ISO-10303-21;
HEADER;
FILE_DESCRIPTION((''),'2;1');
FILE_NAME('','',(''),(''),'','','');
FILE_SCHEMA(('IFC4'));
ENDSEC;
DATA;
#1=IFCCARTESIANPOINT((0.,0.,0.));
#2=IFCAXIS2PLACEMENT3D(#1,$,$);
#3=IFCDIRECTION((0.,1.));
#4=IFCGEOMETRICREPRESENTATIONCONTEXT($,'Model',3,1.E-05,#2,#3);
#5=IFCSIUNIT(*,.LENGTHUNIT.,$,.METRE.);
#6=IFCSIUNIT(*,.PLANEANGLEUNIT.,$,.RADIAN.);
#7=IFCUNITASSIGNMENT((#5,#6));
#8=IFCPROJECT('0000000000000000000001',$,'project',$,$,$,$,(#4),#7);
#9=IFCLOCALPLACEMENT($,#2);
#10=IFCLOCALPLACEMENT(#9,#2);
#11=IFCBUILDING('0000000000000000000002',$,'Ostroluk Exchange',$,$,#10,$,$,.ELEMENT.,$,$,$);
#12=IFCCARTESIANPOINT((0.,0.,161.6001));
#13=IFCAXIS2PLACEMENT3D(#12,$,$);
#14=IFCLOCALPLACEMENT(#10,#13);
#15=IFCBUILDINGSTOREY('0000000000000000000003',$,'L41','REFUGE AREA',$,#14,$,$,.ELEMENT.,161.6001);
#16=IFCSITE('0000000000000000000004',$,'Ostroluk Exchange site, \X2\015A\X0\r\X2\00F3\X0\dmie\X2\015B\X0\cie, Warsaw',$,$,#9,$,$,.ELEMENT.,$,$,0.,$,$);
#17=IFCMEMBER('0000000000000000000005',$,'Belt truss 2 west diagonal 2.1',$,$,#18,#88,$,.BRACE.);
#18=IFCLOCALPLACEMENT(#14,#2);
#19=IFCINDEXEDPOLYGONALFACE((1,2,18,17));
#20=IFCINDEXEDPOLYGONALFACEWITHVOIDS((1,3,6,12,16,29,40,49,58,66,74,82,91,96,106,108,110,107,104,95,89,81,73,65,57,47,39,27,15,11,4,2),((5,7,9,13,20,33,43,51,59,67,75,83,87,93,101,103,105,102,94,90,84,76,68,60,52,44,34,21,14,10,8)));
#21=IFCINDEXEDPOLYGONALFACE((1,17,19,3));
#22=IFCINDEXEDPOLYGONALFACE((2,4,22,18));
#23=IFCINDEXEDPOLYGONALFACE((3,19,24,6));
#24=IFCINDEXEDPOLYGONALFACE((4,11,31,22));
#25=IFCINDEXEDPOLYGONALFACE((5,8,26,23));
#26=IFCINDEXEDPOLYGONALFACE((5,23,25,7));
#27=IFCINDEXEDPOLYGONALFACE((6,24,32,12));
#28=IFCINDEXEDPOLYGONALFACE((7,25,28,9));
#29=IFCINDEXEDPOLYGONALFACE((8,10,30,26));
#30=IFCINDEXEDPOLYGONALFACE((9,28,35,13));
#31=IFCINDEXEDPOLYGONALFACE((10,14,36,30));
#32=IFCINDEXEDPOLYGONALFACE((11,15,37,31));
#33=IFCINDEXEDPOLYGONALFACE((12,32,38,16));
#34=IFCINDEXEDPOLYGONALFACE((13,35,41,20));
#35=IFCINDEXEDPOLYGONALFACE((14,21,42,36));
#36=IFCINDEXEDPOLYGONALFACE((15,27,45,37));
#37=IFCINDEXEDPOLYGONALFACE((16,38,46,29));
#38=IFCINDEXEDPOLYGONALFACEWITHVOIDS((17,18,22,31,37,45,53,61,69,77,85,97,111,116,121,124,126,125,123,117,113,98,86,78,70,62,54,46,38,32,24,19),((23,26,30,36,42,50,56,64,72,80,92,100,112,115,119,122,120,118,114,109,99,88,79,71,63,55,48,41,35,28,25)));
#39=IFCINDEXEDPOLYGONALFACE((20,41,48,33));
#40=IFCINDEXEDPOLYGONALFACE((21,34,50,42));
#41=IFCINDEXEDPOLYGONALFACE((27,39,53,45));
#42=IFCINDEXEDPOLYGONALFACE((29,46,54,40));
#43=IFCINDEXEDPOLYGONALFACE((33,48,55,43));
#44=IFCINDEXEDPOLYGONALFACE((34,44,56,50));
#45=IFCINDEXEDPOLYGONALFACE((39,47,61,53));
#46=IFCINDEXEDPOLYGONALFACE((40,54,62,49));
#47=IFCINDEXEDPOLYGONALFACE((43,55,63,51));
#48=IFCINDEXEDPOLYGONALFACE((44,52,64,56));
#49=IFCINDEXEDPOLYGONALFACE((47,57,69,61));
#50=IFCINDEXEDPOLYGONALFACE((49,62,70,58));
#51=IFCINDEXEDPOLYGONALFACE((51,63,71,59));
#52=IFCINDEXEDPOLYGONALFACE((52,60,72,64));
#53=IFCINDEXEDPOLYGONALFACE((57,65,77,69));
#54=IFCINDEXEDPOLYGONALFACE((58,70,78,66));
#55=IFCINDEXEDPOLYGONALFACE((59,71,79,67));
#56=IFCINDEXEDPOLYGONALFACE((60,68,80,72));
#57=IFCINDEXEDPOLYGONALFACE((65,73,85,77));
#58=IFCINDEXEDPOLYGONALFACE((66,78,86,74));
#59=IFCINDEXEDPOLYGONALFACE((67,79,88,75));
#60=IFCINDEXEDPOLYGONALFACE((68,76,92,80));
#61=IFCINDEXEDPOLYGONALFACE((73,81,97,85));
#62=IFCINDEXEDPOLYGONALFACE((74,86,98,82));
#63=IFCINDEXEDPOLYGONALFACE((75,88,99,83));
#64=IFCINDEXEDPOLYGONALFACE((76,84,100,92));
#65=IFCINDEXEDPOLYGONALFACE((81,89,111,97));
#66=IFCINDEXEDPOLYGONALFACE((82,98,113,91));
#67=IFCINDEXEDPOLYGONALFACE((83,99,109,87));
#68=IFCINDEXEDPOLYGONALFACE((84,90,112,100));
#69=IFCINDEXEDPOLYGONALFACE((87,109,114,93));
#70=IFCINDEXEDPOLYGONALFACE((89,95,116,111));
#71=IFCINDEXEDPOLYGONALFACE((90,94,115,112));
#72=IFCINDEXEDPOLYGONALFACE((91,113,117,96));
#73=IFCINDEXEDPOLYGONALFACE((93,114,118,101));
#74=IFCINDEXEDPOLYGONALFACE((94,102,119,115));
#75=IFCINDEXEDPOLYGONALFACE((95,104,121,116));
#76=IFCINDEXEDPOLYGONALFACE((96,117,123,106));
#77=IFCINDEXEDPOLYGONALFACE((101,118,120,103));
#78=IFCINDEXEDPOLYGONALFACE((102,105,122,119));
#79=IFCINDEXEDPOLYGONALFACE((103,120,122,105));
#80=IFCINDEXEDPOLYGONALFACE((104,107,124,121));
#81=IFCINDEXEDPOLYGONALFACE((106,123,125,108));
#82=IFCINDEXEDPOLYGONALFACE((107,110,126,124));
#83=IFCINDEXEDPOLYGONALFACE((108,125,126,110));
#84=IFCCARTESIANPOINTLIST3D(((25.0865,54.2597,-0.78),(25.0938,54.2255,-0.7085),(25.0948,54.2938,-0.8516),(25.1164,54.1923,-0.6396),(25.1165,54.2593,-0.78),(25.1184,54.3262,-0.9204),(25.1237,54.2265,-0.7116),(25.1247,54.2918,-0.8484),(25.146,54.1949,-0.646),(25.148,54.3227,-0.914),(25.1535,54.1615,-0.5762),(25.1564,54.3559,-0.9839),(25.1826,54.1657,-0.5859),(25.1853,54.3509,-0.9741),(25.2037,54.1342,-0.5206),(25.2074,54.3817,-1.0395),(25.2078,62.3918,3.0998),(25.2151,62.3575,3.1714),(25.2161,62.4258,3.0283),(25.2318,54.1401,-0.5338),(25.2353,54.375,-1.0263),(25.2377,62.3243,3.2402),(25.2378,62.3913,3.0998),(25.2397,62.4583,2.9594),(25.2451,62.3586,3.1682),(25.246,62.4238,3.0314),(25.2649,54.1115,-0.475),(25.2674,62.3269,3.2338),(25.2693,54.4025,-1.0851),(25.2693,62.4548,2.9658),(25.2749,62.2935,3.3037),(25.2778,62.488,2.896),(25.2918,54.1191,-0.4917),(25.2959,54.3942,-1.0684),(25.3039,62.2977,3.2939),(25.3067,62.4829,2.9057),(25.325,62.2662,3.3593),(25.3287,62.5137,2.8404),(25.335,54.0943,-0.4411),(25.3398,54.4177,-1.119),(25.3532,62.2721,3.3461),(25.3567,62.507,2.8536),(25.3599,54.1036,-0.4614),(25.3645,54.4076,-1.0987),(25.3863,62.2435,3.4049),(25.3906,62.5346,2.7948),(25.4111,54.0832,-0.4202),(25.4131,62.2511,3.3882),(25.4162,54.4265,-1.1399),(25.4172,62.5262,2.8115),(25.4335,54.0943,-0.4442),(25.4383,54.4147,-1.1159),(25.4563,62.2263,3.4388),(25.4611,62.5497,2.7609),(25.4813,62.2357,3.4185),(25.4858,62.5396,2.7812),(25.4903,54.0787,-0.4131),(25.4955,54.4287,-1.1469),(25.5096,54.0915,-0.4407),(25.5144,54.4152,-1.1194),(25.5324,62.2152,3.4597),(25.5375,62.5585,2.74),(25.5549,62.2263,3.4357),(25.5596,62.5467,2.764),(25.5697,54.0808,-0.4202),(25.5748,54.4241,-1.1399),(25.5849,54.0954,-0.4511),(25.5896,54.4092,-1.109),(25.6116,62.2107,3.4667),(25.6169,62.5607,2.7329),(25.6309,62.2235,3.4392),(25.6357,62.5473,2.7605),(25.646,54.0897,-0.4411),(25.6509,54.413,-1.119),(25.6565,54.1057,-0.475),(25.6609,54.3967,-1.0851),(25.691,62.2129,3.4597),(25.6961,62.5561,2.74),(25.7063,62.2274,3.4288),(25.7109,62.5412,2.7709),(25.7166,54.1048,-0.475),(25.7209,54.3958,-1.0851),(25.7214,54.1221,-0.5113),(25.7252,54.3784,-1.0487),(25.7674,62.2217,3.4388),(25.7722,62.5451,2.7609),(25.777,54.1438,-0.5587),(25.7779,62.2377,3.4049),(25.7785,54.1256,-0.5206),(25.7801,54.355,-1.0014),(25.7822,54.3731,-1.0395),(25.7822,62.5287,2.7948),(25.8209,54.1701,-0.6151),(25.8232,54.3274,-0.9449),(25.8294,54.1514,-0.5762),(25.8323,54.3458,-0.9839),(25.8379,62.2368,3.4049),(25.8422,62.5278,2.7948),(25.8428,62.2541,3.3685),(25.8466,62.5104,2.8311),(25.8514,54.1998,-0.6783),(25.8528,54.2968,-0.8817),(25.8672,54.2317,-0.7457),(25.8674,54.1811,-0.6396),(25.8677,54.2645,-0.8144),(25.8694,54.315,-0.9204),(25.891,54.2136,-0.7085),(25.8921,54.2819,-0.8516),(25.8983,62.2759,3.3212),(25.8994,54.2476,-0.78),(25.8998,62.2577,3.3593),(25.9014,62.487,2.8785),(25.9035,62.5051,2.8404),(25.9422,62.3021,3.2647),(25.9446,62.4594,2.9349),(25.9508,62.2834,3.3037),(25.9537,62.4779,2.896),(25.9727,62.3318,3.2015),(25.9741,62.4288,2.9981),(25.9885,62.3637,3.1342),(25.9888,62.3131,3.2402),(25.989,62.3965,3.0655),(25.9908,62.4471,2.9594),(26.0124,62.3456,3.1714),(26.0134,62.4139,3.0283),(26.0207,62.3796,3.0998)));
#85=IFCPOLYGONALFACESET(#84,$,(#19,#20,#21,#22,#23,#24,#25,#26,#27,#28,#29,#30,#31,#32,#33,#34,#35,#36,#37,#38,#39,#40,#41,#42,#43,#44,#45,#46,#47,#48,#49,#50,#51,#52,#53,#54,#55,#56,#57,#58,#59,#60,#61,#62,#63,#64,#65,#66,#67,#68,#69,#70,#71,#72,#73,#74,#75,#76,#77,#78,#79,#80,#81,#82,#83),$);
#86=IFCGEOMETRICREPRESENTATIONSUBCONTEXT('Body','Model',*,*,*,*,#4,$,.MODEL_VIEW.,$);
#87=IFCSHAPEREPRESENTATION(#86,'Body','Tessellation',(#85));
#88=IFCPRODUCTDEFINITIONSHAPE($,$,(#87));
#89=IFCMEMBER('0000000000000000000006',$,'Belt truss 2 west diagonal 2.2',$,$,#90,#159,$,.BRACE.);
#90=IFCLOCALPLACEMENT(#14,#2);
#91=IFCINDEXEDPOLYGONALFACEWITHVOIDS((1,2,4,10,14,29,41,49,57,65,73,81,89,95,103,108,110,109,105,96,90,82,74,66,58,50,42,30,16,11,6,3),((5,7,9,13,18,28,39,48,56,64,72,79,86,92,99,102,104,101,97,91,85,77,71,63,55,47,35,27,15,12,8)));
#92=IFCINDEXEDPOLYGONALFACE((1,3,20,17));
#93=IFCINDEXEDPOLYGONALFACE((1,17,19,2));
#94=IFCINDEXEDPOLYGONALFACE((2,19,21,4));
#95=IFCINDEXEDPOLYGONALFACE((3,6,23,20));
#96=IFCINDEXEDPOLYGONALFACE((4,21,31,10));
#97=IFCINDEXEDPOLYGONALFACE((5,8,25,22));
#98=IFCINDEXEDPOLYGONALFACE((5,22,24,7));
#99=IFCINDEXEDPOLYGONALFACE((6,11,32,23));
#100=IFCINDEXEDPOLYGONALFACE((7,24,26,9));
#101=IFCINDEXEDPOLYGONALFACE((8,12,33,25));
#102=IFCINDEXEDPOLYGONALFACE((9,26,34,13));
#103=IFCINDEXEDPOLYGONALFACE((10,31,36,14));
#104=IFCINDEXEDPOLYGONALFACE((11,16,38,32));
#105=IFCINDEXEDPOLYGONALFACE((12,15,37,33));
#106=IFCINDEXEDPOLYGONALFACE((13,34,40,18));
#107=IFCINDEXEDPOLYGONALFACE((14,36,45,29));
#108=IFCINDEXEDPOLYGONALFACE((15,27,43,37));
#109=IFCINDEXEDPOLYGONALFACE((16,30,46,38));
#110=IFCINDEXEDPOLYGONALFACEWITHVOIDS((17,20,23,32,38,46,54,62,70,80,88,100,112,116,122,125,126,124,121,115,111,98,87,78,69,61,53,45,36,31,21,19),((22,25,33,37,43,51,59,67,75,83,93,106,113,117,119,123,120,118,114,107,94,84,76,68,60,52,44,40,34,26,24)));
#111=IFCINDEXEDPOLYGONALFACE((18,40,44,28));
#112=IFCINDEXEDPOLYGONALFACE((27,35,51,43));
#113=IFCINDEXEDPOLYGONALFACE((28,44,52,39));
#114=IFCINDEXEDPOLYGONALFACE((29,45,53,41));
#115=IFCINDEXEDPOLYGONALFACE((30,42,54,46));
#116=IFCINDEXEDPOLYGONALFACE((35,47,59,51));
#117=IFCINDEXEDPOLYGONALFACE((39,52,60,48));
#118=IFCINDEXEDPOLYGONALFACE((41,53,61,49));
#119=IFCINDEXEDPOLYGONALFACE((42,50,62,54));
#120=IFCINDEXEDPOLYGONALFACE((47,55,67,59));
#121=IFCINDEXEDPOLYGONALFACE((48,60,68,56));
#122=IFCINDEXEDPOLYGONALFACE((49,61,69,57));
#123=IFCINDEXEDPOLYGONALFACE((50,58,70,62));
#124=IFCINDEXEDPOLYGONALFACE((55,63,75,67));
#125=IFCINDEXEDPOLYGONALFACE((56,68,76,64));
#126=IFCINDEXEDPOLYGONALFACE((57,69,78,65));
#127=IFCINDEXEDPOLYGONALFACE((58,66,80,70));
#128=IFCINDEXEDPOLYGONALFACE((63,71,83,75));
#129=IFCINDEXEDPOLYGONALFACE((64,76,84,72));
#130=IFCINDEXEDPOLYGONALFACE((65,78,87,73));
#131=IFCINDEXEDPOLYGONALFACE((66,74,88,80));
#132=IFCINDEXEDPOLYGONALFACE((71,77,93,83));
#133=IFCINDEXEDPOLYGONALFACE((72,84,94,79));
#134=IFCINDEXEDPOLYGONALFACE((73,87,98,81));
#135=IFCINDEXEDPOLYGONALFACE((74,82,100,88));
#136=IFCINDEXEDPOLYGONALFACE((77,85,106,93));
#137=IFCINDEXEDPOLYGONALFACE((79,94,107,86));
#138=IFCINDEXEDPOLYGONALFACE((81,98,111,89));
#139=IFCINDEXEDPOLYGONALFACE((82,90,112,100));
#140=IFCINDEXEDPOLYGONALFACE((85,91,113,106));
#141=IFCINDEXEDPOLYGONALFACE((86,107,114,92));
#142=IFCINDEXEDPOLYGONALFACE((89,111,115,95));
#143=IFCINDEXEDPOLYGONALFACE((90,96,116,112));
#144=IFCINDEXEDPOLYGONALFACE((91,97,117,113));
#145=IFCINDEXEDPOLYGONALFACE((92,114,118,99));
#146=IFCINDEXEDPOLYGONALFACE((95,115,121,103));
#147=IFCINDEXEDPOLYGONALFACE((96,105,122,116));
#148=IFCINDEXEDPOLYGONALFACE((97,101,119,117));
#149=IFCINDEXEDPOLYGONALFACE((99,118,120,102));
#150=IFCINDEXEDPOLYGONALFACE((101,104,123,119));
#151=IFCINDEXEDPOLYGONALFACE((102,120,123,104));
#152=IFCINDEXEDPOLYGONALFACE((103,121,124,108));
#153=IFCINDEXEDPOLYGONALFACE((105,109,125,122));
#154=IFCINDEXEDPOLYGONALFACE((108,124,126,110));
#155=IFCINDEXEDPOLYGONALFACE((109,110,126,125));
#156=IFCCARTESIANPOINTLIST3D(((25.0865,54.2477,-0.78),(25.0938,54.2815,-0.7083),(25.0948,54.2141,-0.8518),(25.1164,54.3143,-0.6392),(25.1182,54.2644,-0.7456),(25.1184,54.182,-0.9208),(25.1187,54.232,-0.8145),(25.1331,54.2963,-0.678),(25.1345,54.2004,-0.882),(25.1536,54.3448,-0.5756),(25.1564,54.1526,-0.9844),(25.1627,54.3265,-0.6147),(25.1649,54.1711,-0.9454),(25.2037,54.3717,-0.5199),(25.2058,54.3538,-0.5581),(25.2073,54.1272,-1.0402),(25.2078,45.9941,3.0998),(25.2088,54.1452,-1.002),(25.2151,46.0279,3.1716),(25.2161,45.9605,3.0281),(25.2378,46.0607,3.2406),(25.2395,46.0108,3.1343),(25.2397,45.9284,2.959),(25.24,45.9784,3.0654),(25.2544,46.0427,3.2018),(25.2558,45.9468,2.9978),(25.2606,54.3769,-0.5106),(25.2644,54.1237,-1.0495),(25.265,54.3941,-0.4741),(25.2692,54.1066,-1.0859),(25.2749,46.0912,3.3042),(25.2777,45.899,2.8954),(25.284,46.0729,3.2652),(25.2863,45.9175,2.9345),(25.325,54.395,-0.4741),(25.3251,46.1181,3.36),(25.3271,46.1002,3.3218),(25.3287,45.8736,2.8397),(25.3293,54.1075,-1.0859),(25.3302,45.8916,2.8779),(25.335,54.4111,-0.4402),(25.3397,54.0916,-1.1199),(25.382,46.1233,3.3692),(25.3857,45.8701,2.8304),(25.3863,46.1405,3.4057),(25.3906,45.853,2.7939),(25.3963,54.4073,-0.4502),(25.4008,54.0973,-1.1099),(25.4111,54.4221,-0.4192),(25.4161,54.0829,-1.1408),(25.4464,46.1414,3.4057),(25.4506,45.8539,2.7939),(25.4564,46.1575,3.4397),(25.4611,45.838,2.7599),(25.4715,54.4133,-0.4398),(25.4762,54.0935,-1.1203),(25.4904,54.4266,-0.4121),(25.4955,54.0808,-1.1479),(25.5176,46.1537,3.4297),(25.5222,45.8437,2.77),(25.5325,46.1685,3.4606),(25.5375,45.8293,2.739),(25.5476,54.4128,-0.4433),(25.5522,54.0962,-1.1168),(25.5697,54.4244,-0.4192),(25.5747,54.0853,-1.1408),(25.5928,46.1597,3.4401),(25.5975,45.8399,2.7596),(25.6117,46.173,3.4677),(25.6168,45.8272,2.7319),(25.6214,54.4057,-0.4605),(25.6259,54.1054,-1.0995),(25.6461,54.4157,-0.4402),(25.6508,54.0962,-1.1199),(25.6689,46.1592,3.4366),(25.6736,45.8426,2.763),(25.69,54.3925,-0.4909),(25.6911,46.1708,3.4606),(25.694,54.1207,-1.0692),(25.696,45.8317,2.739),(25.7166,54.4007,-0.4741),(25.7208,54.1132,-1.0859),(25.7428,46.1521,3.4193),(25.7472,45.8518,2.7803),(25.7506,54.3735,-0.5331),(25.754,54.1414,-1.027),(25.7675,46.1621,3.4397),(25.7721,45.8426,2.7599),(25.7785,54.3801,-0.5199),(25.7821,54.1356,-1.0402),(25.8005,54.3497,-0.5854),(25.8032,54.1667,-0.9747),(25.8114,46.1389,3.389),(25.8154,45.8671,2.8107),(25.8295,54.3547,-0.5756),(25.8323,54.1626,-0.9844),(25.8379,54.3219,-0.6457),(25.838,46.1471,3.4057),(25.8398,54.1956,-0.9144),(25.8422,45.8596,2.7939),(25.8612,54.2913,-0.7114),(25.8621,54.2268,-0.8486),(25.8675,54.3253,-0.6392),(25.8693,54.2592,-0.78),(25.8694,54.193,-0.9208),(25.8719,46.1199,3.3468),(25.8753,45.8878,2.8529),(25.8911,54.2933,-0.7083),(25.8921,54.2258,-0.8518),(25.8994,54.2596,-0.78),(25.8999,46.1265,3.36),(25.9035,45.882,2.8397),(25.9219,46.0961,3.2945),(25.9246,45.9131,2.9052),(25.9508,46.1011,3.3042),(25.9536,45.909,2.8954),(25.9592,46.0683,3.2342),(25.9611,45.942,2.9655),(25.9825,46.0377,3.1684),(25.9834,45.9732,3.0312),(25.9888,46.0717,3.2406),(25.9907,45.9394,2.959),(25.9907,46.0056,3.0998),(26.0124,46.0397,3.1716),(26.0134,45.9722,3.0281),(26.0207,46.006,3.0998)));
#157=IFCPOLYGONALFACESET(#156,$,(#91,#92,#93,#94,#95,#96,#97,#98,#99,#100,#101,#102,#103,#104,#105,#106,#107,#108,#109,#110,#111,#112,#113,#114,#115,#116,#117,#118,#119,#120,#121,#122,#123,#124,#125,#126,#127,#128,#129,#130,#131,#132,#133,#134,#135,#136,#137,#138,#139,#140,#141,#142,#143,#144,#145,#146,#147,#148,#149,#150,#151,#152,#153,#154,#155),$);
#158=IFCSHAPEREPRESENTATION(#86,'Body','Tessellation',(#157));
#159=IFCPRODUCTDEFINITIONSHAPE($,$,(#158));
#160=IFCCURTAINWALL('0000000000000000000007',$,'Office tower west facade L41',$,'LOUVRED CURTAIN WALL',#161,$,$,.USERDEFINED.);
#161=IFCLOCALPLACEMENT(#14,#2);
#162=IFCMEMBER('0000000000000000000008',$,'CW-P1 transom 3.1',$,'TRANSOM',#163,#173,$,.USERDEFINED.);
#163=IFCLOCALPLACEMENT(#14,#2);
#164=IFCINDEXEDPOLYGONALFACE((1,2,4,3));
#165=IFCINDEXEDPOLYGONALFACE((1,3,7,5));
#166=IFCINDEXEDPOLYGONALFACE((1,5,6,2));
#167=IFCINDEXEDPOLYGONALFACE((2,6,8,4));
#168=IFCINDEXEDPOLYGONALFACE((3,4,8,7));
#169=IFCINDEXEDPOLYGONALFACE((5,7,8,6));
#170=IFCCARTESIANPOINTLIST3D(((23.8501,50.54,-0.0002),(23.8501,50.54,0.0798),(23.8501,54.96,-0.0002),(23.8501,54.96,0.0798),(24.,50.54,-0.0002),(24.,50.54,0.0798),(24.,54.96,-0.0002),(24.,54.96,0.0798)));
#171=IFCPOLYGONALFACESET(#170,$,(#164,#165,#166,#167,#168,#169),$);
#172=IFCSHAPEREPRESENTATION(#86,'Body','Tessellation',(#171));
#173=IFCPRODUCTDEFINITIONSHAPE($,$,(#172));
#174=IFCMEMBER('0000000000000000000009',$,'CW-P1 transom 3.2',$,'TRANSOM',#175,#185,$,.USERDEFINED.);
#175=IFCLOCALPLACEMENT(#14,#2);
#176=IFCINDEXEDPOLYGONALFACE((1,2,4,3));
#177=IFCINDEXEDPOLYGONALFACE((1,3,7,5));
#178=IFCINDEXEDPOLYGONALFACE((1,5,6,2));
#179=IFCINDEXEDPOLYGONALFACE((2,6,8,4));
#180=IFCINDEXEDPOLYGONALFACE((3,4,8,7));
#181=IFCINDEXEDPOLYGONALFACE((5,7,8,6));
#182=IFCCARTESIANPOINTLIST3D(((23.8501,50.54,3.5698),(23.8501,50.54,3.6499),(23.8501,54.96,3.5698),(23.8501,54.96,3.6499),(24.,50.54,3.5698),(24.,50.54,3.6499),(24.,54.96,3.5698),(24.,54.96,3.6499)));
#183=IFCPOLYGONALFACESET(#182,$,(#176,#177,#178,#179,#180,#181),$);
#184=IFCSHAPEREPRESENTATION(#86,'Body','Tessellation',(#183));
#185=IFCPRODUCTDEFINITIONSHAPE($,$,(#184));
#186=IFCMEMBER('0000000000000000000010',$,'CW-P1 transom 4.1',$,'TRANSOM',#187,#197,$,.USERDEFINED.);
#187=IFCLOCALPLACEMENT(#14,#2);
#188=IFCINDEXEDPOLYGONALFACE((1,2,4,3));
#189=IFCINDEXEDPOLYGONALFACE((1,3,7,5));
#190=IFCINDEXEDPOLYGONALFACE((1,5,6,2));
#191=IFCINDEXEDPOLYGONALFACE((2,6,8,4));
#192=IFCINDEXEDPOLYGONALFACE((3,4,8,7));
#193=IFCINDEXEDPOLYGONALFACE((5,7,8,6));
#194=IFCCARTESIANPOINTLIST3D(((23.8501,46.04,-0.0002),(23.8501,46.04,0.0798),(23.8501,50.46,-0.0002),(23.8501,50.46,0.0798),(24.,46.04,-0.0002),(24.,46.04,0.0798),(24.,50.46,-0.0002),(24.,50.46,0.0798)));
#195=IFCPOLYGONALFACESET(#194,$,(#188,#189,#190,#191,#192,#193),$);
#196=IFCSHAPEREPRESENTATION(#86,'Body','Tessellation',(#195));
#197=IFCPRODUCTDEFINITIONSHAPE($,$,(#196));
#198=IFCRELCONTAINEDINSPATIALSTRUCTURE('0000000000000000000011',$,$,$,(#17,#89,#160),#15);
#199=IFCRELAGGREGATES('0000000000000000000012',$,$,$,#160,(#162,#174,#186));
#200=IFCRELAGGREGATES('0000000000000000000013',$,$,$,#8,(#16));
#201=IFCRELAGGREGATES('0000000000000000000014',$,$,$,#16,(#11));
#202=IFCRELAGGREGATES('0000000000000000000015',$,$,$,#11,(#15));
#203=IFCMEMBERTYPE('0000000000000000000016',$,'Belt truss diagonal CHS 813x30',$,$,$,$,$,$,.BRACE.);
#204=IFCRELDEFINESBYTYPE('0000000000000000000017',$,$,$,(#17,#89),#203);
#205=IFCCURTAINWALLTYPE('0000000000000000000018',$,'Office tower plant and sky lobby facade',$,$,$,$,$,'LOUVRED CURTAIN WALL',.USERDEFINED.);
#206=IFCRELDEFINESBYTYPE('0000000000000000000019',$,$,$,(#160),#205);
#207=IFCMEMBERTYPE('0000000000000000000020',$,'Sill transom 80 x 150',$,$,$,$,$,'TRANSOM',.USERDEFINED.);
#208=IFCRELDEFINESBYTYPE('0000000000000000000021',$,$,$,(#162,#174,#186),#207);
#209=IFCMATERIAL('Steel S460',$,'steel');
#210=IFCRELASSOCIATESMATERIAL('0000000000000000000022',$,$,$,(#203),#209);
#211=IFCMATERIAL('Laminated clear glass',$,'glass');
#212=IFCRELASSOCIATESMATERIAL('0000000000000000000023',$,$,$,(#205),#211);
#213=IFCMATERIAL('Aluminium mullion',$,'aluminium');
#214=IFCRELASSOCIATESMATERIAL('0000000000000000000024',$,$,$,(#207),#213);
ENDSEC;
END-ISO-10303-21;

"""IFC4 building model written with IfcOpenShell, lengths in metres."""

from ifc_helpers import new_model, si_unit, direction, frame, origin, origin_2d, place, context, subcontext, project, spatial, rectangle, hollow_circle, extrude, material, material_profile, profile_set, type_object, element, aggregate, save


model = new_model("IFC4")

# Units and contexts
model_context = context("Model", 3, precision=1e-05, world=origin(), true_north=direction((0.0, 1.0)))
body_context = subcontext(model_context, "Body", "Model", "MODEL_VIEW")
ifc_project = project(units=[si_unit("LENGTHUNIT", "METRE"), si_unit("PLANEANGLEUNIT", "RADIAN")], contexts=[model_context])

# Site, building, storey
site_placement = place(None, origin())
site = spatial("IfcSite", under=ifc_project, at=site_placement, Name="Ostroluk Exchange site, Śródmieście, Warsaw", CompositionType="ELEMENT", RefElevation=0.0)
building_placement = place(site_placement, origin())
building = spatial("IfcBuilding", under=site, at=building_placement, Name="Ostroluk Exchange", CompositionType="ELEMENT")
storey_placement = place(building_placement, frame((0.0, 0.0, 161.6001)))
storey = spatial("IfcBuildingStorey", under=building, at=storey_placement, Name="L41", Description="REFUGE AREA", CompositionType="ELEMENT", Elevation=161.6001)

# Members
ifc_material_1 = material(Name="Steel S460", Category="steel")
ifc_material_profile_1 = material_profile(ifc_material_1, hollow_circle(Radius=0.4065, WallThickness=0.03, at=origin_2d()), Name="CHS 813x30")
ifc_profile_set_1 = profile_set([ifc_material_profile_1], Name="Steel S460")
member_type_1 = type_object("IfcMemberType", Name="Belt truss diagonal CHS 813x30", PredefinedType="BRACE", material=ifc_profile_set_1)
member_1_placement = place(storey_placement, frame((25.4929, 54.2537, -0.78), z_axis=(0.013465, 0.902457, 0.43057), x_axis=(-0.999889, 0.014919, 0.0)))
element("IfcMember", 1, at=member_1_placement, inside=storey, type_object=member_type_1, Name="Belt truss 2 west diagonal 2.1", PredefinedType="BRACE", context=body_context, shape_type="SweptSolid", body=[
    extrude(hollow_circle(Radius=0.4065, WallThickness=0.03, at=origin_2d()), origin(), (0.0, 0.0, 1.0), 9.011),
])
member_2_placement = place(storey_placement, frame((25.4929, 54.2537, -0.78), z_axis=(0.013303, -0.904916, 0.425383), x_axis=(0.999892, 0.0147, 0.0)))
element("IfcMember", 2, at=member_2_placement, inside=storey, type_object=member_type_1, Name="Belt truss 2 west diagonal 2.2", PredefinedType="BRACE", context=body_context, shape_type="SweptSolid", body=[
    extrude(hollow_circle(Radius=0.4065, WallThickness=0.03, at=origin_2d()), origin(), (0.0, 0.0, 1.0), 9.1208),
])

# Curtain wall, members
ifc_material_2 = material(Name="Laminated clear glass", Category="glass")
curtain_wall_type = type_object("IfcCurtainWallType", Name="Office tower plant and sky lobby facade", ElementType="LOUVRED CURTAIN WALL", PredefinedType="USERDEFINED", material=ifc_material_2)
curtain_wall_placement = place(storey_placement, origin())
curtain_wall = element("IfcCurtainWall", 3, at=curtain_wall_placement, inside=storey, type_object=curtain_wall_type, Name="Office tower west facade L41", ObjectType="LOUVRED CURTAIN WALL", PredefinedType="USERDEFINED")
ifc_material_3 = material(Name="Aluminium mullion", Category="aluminium")
ifc_material_profile_2 = material_profile(ifc_material_3, rectangle(XDim=0.1499, YDim=0.0801, at=origin_2d()), Name="Sill transom 80 x 150")
ifc_profile_set_2 = profile_set([ifc_material_profile_2], Name="Aluminium mullion")
member_type_2 = type_object("IfcMemberType", Name="Sill transom 80 x 150", ElementType="TRANSOM", PredefinedType="USERDEFINED", material=ifc_profile_set_2)
member_3_placement = place(storey_placement, frame((23.925, 54.96, 0.0398), z_axis=(0.0, -1.0, 0.0), x_axis=(1.0, 0.0, 0.0)))
member_3 = element("IfcMember", 4, at=member_3_placement, type_object=member_type_2, Name="CW-P1 transom 3.1", ObjectType="TRANSOM", PredefinedType="USERDEFINED", context=body_context, shape_type="SweptSolid", body=[
    extrude(rectangle(XDim=0.1499, YDim=0.0801, at=origin_2d()), origin(), (0.0, 0.0, 1.0), 4.4199),
])
member_4_placement = place(storey_placement, frame((23.925, 54.96, 3.6099), z_axis=(0.0, -1.0, 0.0), x_axis=(1.0, 0.0, 0.0)))
member_4 = element("IfcMember", 5, at=member_4_placement, type_object=member_type_2, Name="CW-P1 transom 3.2", ObjectType="TRANSOM", PredefinedType="USERDEFINED", context=body_context, shape_type="SweptSolid", body=[
    extrude(rectangle(XDim=0.1499, YDim=0.0801, at=origin_2d()), origin(), (0.0, 0.0, 1.0), 4.4199),
])
member_5_placement = place(storey_placement, frame((23.925, 50.46, 0.0398), z_axis=(0.0, -1.0, 0.0), x_axis=(1.0, 0.0, 0.0)))
member_5 = element("IfcMember", 6, at=member_5_placement, type_object=member_type_2, Name="CW-P1 transom 4.1", ObjectType="TRANSOM", PredefinedType="USERDEFINED", context=body_context, shape_type="SweptSolid", body=[
    extrude(rectangle(XDim=0.1499, YDim=0.0801, at=origin_2d()), origin(), (0.0, 0.0, 1.0), 4.4199),
])
aggregate(curtain_wall, [member_3, member_4, member_5])

save(model, "model.ifc")
